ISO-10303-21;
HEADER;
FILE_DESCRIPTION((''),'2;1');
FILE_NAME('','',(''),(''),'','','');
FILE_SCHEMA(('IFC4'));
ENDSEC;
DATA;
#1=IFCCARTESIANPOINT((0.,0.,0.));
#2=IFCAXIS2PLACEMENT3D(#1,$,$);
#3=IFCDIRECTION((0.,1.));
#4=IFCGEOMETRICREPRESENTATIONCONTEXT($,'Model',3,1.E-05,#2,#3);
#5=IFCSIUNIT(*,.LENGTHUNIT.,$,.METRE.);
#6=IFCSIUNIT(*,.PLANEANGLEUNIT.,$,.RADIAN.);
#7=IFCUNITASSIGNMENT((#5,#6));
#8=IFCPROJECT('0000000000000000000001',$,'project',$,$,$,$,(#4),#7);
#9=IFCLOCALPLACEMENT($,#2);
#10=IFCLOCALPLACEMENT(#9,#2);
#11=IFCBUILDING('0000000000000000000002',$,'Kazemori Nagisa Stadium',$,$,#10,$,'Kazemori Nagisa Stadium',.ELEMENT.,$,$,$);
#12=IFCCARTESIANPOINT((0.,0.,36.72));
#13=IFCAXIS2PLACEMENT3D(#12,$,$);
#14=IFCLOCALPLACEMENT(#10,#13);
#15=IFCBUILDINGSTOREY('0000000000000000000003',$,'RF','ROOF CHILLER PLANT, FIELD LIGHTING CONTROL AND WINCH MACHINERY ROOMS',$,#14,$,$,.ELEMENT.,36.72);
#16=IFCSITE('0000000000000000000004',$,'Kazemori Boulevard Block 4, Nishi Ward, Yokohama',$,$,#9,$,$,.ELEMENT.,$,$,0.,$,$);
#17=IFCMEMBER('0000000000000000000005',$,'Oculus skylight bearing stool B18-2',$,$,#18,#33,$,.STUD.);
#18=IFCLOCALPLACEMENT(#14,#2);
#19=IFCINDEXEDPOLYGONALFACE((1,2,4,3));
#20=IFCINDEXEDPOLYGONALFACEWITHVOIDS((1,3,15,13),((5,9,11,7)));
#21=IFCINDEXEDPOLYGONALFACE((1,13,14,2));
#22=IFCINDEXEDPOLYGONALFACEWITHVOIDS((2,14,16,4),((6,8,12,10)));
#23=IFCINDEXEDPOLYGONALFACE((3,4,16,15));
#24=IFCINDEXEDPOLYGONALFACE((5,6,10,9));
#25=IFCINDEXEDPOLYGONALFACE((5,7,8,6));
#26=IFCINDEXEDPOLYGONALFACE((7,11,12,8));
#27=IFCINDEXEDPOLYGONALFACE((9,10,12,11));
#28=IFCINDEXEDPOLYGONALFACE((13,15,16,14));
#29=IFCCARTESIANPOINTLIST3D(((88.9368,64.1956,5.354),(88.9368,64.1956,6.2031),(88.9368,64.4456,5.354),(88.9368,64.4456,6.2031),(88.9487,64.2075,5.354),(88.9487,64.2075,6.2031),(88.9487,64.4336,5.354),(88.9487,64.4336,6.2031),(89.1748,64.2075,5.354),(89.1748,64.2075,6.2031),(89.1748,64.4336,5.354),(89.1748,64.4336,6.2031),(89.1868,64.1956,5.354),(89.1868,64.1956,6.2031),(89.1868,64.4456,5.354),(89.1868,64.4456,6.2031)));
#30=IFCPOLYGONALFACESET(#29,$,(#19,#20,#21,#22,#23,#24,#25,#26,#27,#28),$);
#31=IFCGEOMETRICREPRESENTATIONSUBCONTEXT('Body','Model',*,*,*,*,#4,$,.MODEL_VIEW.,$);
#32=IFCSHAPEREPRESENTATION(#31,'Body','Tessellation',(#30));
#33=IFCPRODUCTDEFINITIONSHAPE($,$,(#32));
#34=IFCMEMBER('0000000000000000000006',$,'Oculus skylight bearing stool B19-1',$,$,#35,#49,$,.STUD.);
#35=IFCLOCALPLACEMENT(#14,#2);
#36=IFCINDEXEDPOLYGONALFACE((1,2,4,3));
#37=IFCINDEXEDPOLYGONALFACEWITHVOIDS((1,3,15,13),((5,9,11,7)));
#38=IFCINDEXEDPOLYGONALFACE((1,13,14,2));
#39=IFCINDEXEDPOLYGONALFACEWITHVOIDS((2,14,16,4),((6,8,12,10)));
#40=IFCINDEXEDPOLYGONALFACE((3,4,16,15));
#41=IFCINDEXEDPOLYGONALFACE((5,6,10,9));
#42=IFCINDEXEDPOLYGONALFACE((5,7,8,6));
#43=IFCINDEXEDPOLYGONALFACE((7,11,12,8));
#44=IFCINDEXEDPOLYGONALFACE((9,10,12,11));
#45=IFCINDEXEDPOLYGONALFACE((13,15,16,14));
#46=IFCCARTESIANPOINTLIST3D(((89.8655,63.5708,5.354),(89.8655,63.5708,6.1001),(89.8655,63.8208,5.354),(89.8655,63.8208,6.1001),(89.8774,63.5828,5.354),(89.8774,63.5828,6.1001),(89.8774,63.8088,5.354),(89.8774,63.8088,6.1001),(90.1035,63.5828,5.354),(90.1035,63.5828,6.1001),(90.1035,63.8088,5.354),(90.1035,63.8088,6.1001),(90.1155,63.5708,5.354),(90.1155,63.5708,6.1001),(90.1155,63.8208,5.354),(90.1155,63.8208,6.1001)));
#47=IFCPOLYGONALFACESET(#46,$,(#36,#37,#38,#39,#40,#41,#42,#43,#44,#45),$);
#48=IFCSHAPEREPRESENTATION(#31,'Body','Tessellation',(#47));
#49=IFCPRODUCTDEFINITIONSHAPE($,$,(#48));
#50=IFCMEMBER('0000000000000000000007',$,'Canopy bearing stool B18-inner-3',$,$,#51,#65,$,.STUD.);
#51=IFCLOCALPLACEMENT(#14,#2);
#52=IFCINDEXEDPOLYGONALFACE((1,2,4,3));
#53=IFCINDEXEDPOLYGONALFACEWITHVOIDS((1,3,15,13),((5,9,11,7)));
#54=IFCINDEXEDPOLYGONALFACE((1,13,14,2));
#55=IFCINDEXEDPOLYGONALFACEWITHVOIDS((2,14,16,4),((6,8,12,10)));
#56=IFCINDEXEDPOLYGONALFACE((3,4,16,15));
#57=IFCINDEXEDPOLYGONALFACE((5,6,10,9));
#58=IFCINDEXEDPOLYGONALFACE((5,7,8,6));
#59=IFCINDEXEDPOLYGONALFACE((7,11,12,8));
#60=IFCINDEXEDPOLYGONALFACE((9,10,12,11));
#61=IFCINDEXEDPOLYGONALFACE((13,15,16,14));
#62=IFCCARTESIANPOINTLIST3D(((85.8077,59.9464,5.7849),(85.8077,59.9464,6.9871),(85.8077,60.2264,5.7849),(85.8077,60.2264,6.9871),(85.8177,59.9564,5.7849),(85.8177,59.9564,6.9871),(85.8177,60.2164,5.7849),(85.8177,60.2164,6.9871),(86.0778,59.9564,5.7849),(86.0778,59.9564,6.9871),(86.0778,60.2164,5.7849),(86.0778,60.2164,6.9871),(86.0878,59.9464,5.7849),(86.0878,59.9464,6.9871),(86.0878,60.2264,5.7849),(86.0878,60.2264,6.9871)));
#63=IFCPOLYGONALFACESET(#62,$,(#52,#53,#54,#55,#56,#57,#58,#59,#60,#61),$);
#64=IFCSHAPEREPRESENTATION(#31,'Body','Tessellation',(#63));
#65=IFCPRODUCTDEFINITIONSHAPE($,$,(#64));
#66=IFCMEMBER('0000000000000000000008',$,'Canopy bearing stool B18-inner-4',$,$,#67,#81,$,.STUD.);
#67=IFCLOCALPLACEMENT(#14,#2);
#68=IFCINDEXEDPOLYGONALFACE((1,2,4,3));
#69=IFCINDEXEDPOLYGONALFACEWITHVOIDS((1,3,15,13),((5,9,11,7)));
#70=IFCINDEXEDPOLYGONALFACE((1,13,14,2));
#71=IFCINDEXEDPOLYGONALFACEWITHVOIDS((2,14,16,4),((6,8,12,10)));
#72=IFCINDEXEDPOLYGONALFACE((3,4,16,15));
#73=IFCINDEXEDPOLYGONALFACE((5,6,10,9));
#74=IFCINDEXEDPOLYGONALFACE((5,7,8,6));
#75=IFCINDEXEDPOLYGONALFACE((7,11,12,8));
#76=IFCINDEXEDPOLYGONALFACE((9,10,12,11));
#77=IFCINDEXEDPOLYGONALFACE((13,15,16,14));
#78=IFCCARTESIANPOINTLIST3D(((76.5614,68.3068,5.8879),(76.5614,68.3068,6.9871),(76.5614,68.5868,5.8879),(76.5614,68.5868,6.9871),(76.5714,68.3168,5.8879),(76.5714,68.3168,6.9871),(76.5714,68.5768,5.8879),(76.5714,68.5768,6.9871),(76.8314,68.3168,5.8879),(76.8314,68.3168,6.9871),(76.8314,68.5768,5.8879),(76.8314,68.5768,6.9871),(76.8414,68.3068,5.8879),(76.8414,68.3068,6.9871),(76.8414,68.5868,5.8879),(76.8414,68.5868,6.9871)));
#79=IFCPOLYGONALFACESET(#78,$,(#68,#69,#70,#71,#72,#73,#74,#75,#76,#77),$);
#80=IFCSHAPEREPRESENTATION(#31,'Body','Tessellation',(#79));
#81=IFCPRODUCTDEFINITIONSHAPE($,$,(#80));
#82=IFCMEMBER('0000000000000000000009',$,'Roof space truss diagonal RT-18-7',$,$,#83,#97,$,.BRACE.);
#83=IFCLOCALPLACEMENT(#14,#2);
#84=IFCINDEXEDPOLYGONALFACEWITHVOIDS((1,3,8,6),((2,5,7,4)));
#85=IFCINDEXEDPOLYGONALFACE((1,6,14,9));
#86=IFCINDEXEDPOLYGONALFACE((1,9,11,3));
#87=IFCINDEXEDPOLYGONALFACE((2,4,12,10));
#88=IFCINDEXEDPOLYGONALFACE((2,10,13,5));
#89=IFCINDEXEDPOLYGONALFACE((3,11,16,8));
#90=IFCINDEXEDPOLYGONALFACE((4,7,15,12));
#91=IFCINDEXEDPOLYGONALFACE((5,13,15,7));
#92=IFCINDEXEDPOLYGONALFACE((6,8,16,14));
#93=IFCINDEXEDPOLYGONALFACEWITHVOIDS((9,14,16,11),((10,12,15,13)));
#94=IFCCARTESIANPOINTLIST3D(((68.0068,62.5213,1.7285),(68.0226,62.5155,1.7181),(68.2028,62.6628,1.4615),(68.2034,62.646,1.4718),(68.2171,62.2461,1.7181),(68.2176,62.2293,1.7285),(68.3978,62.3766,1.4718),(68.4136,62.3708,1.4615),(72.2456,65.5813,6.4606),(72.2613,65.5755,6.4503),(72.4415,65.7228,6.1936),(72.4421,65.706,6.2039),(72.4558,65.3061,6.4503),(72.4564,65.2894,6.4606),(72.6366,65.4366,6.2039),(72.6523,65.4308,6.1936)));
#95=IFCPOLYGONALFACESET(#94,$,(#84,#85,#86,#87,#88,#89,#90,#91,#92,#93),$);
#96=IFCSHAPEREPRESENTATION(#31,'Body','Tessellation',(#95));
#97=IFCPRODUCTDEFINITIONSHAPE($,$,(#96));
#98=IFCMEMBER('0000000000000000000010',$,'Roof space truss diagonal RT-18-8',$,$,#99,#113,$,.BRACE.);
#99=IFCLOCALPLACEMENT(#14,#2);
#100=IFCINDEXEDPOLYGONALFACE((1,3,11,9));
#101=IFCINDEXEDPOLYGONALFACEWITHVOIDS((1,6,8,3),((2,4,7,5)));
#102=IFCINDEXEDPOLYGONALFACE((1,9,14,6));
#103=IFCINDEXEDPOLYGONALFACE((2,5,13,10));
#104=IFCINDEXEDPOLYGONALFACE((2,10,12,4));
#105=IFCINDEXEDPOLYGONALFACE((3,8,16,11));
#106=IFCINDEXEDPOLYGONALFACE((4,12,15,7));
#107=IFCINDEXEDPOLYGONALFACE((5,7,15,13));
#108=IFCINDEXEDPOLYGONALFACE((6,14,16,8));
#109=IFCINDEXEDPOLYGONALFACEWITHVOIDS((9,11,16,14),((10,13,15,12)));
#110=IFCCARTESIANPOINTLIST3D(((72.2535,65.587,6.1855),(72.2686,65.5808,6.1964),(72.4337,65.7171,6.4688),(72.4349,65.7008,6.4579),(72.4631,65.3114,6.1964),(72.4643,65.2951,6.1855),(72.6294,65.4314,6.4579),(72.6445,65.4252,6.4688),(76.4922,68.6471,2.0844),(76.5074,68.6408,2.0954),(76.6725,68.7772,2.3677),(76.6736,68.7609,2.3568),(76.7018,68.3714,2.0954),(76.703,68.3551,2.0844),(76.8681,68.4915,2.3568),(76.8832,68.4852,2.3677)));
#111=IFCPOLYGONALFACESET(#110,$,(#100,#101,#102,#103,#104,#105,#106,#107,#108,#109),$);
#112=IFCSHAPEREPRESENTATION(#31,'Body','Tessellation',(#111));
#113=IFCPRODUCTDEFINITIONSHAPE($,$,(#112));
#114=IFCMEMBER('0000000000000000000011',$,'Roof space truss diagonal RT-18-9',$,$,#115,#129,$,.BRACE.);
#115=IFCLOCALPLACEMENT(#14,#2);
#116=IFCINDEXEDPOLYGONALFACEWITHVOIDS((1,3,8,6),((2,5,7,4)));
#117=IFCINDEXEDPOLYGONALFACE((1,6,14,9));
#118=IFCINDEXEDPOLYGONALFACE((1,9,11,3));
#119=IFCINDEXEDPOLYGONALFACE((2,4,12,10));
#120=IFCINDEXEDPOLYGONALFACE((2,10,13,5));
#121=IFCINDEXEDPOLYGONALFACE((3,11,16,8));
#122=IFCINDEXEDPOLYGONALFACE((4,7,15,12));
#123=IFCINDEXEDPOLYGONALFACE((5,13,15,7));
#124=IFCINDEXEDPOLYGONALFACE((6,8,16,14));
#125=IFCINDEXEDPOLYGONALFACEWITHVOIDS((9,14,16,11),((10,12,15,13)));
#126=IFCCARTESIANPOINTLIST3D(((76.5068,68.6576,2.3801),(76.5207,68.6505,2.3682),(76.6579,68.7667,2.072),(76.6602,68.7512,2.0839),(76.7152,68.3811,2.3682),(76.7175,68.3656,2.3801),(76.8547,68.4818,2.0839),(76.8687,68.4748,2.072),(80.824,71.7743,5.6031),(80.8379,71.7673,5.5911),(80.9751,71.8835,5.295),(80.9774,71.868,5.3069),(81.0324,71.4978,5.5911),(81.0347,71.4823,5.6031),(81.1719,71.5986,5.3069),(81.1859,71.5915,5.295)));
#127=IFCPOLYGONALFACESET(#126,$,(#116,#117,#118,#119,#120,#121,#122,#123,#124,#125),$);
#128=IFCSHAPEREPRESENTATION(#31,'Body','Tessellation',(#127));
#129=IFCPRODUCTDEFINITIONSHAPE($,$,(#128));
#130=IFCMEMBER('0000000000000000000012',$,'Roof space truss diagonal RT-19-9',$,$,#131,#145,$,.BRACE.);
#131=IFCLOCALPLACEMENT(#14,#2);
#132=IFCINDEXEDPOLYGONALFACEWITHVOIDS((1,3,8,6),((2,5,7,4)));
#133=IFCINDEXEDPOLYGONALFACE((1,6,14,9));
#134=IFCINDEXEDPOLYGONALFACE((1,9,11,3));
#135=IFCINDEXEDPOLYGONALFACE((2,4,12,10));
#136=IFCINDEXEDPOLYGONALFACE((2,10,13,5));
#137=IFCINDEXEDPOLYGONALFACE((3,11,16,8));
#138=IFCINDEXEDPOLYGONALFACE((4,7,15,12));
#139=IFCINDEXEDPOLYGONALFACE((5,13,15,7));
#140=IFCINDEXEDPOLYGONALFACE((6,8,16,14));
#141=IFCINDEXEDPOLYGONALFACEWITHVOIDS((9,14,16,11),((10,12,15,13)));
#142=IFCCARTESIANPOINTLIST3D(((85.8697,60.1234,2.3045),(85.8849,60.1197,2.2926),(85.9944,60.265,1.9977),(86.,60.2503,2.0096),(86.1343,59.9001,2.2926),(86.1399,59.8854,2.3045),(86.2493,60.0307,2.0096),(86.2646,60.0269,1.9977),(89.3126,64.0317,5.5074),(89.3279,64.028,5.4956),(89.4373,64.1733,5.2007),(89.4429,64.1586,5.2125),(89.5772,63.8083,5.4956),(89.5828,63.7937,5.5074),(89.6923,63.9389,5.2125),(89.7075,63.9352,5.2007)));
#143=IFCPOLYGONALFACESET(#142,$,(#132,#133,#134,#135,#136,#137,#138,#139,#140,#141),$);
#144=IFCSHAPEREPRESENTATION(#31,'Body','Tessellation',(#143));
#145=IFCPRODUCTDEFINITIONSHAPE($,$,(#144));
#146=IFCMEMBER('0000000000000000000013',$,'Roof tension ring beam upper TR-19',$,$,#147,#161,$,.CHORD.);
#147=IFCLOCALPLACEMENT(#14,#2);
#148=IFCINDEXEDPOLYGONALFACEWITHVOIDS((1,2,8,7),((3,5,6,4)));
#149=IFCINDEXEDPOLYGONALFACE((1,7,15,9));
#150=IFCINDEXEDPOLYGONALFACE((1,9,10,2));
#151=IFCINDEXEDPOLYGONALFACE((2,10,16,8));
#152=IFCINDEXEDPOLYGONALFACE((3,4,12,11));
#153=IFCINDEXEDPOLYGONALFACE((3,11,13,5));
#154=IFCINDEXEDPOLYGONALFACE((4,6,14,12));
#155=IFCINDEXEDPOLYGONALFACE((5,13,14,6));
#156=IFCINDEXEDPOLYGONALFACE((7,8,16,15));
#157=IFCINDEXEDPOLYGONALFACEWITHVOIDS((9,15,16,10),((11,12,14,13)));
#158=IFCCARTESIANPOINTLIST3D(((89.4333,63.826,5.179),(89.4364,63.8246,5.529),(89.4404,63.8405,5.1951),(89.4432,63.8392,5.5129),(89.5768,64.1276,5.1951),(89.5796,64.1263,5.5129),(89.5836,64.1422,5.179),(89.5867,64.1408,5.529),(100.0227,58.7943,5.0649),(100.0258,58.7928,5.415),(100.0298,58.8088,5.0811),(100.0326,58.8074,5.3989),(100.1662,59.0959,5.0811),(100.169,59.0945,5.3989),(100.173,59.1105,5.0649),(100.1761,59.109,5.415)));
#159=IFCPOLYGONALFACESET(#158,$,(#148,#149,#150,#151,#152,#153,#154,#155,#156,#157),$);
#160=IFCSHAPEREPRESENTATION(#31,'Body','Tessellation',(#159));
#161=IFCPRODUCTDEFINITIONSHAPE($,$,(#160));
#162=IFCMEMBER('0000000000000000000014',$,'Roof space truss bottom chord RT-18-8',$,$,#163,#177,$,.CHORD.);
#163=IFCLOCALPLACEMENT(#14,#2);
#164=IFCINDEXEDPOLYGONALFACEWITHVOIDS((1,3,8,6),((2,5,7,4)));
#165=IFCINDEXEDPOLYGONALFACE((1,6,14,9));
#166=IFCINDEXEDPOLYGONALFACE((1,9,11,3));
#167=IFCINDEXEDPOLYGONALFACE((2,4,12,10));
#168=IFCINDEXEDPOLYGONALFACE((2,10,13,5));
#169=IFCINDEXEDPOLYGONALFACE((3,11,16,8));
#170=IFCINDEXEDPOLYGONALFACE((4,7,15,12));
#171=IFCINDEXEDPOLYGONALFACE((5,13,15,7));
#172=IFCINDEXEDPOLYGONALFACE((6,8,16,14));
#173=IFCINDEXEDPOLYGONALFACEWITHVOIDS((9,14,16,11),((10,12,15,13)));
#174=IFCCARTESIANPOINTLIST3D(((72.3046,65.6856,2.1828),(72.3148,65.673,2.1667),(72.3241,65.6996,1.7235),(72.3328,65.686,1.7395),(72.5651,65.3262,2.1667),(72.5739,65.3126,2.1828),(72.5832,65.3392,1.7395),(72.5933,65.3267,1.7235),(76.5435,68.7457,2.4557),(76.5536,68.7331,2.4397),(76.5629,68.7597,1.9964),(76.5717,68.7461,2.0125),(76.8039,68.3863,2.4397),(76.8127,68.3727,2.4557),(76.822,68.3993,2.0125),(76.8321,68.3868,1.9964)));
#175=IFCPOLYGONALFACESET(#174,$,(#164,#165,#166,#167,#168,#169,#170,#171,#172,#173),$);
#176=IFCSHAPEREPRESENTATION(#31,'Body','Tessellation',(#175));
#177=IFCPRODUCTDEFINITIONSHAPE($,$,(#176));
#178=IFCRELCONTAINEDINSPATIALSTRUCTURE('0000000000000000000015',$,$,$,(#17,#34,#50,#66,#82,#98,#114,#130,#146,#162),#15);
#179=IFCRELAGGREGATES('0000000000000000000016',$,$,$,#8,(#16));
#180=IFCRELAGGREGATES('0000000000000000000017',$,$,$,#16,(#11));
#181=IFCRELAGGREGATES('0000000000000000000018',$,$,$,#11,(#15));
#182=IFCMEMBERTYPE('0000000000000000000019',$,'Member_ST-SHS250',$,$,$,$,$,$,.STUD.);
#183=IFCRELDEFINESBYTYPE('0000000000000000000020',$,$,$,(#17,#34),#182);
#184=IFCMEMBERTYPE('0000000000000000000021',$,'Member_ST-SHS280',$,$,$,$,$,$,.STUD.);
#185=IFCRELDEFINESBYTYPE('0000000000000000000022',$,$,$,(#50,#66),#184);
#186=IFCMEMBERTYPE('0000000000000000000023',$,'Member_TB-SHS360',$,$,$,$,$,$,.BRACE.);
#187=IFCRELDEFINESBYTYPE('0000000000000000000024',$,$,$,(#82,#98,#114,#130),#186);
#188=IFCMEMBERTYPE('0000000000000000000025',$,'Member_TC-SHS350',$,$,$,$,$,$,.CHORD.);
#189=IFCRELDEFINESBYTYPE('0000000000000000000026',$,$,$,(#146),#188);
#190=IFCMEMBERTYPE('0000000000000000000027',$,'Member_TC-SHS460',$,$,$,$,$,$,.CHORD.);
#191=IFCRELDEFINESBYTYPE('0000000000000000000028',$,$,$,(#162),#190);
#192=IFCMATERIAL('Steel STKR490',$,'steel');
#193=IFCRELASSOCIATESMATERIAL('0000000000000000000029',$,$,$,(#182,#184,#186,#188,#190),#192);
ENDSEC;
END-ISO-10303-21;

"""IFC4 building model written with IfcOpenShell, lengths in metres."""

from ifc_helpers import new_model, si_unit, direction, frame, origin, origin_2d, place, context, subcontext, project, spatial, hollow_rectangle, extrude, material, material_profile, profile_set, type_object, element, save


model = new_model("IFC4")

# Units and contexts
model_context = context("Model", 3, precision=1e-05, world=origin(), true_north=direction((0.0, 1.0)))
body_context = subcontext(model_context, "Body", "Model", "MODEL_VIEW")
ifc_project = project(units=[si_unit("LENGTHUNIT", "METRE"), si_unit("PLANEANGLEUNIT", "RADIAN")], contexts=[model_context])

# Site, building, storey
site_placement = place(None, origin())
site = spatial("IfcSite", under=ifc_project, at=site_placement, Name="Kazemori Boulevard Block 4, Nishi Ward, Yokohama", CompositionType="ELEMENT", RefElevation=0.0)
building_placement = place(site_placement, origin())
building = spatial("IfcBuilding", under=site, at=building_placement, Name="Kazemori Nagisa Stadium", LongName="Kazemori Nagisa Stadium", CompositionType="ELEMENT")
storey_placement = place(building_placement, frame((0.0, 0.0, 36.72)))
storey = spatial("IfcBuildingStorey", under=building, at=storey_placement, Name="RF", Description="ROOF CHILLER PLANT, FIELD LIGHTING CONTROL AND WINCH MACHINERY ROOMS", CompositionType="ELEMENT", Elevation=36.72)

# Members
ifc_material_1 = material(Name="Steel STKR490", Category="steel")
ifc_material_profile_1 = material_profile(ifc_material_1, hollow_rectangle(XDim=0.25, YDim=0.25, WallThickness=0.012, at=origin_2d()), Name="SHS-250x250x12")
ifc_profile_set_1 = profile_set([ifc_material_profile_1], Name="Steel STKR490")
member_type_1 = type_object("IfcMemberType", Name="Member_ST-SHS250", PredefinedType="STUD", material=ifc_profile_set_1)
member_1_placement = place(storey_placement, frame((89.0618, 64.3206, 5.354), z_axis=(0.0, 0.0, 1.0), x_axis=(1.0, 0.0, 0.0)))
element("IfcMember", 1, at=member_1_placement, inside=storey, type_object=member_type_1, Name="Oculus skylight bearing stool B18-2", PredefinedType="STUD", context=body_context, shape_type="SweptSolid", body=[
    extrude(hollow_rectangle(XDim=0.25, YDim=0.25, WallThickness=0.012, at=origin_2d()), origin(), (0.0, 0.0, 1.0), 0.8491),
])
member_2_placement = place(storey_placement, frame((89.9905, 63.6958, 5.354), z_axis=(0.0, 0.0, 1.0), x_axis=(1.0, 0.0, 0.0)))
element("IfcMember", 2, at=member_2_placement, inside=storey, type_object=member_type_1, Name="Oculus skylight bearing stool B19-1", PredefinedType="STUD", context=body_context, shape_type="SweptSolid", body=[
    extrude(hollow_rectangle(XDim=0.25, YDim=0.25, WallThickness=0.012, at=origin_2d()), origin(), (0.0, 0.0, 1.0), 0.7461),
])
ifc_material_profile_2 = material_profile(ifc_material_1, hollow_rectangle(XDim=0.28, YDim=0.28, WallThickness=0.01, at=origin_2d()), Name="SHS-280x280x10")
ifc_profile_set_2 = profile_set([ifc_material_profile_2], Name="Steel STKR490")
member_type_2 = type_object("IfcMemberType", Name="Member_ST-SHS280", PredefinedType="STUD", material=ifc_profile_set_2)
member_3_placement = place(storey_placement, frame((85.9478, 60.0864, 5.7849), z_axis=(0.0, 0.0, 1.0), x_axis=(1.0, 0.0, 0.0)))
element("IfcMember", 3, at=member_3_placement, inside=storey, type_object=member_type_2, Name="Canopy bearing stool B18-inner-3", PredefinedType="STUD", context=body_context, shape_type="SweptSolid", body=[
    extrude(hollow_rectangle(XDim=0.28, YDim=0.28, WallThickness=0.01, at=origin_2d()), origin(), (0.0, 0.0, 1.0), 1.2021),
])
member_4_placement = place(storey_placement, frame((76.7014, 68.4468, 5.8879), z_axis=(0.0, 0.0, 1.0), x_axis=(1.0, 0.0, 0.0)))
element("IfcMember", 4, at=member_4_placement, inside=storey, type_object=member_type_2, Name="Canopy bearing stool B18-inner-4", PredefinedType="STUD", context=body_context, shape_type="SweptSolid", body=[
    extrude(hollow_rectangle(XDim=0.28, YDim=0.28, WallThickness=0.01, at=origin_2d()), origin(), (0.0, 0.0, 1.0), 1.0991),
])
ifc_material_profile_3 = material_profile(ifc_material_1, hollow_rectangle(XDim=0.3601, YDim=0.3601, WallThickness=0.0139, at=origin_2d()), Name="SHS-360x360x14")
ifc_profile_set_3 = profile_set([ifc_material_profile_3], Name="Steel STKR490")
member_type_3 = type_object("IfcMemberType", Name="Member_TB-SHS360", PredefinedType="BRACE", material=ifc_profile_set_3)
member_5_placement = place(storey_placement, frame((68.2102, 62.446, 1.595), z_axis=(0.60111, 0.433954, 0.671081), x_axis=(-0.58533, 0.810795, 0.0)))
element("IfcMember", 5, at=member_5_placement, inside=storey, type_object=member_type_3, Name="Roof space truss diagonal RT-18-7", PredefinedType="BRACE", context=body_context, shape_type="SweptSolid", body=[
    extrude(hollow_rectangle(XDim=0.3601, YDim=0.3601, WallThickness=0.0139, at=origin_2d()), origin(), (0.0, 0.0, 1.0), 7.0515),
])
member_6_placement = place(storey_placement, frame((72.449, 65.5061, 6.3271), z_axis=(0.637933, 0.460537, -0.617209), x_axis=(-0.58533, 0.810795, 0.0)))
element("IfcMember", 6, at=member_6_placement, inside=storey, type_object=member_type_3, Name="Roof space truss diagonal RT-18-8", PredefinedType="BRACE", context=body_context, shape_type="SweptSolid", body=[
    extrude(hollow_rectangle(XDim=0.3601, YDim=0.3601, WallThickness=0.0139, at=origin_2d()), origin(), (0.0, 0.0, 1.0), 6.6445),
])
member_7_placement = place(storey_placement, frame((76.6877, 68.5662, 2.2261), z_axis=(0.693624, 0.500752, 0.517815), x_axis=(-0.585338, 0.810789, 0.0)))
element("IfcMember", 7, at=member_7_placement, inside=storey, type_object=member_type_3, Name="Roof space truss diagonal RT-18-9", PredefinedType="BRACE", context=body_context, shape_type="SweptSolid", body=[
    extrude(hollow_rectangle(XDim=0.3601, YDim=0.3601, WallThickness=0.0139, at=origin_2d()), origin(), (0.0, 0.0, 1.0), 6.2241),
])
member_8_placement = place(storey_placement, frame((86.0671, 60.0752, 2.1511), z_axis=(0.563076, 0.63918, 0.523826), x_axis=(-0.750366, 0.661023, 0.0)))
element("IfcMember", 8, at=member_8_placement, inside=storey, type_object=member_type_3, Name="Roof space truss diagonal RT-19-9", PredefinedType="BRACE", context=body_context, shape_type="SweptSolid", body=[
    extrude(hollow_rectangle(XDim=0.3601, YDim=0.3601, WallThickness=0.0139, at=origin_2d()), origin(), (0.0, 0.0, 1.0), 6.1145),
])
ifc_material_profile_4 = material_profile(ifc_material_1, hollow_rectangle(XDim=0.3501, YDim=0.3501, WallThickness=0.0161, at=origin_2d()), Name="SHS-350x350x16")
ifc_profile_set_4 = profile_set([ifc_material_profile_4], Name="Steel STKR490")
member_type_4 = type_object("IfcMemberType", Name="Member_TC-SHS350", PredefinedType="CHORD", material=ifc_profile_set_4)
member_9_placement = place(storey_placement, frame((89.51, 63.9834, 5.354), z_axis=(0.903175, -0.429161, -0.009724), x_axis=(0.429182, 0.903218, 0.0)))
element("IfcMember", 9, at=member_9_placement, inside=storey, type_object=member_type_4, Name="Roof tension ring beam upper TR-19", PredefinedType="CHORD", context=body_context, shape_type="SweptSolid", body=[
    extrude(hollow_rectangle(XDim=0.3501, YDim=0.3501, WallThickness=0.0161, at=origin_2d()), origin(), (0.0, 0.0, 1.0), 11.7246),
])
ifc_material_profile_5 = material_profile(ifc_material_1, hollow_rectangle(XDim=0.46, YDim=0.46, WallThickness=0.0161, at=origin_2d()), Name="SHS-460x460x16")
ifc_profile_set_5 = profile_set([ifc_material_profile_5], Name="Steel STKR490")
member_type_5 = type_object("IfcMemberType", Name="Member_TC-SHS460", PredefinedType="CHORD", material=ifc_profile_set_5)
member_10_placement = place(storey_placement, frame((72.449, 65.5061, 1.9531), z_axis=(0.809692, 0.584534, 0.052139), x_axis=(-0.58533, 0.810795, 0.0)))
element("IfcMember", 10, at=member_10_placement, inside=storey, type_object=member_type_5, Name="Roof space truss bottom chord RT-18-8", PredefinedType="CHORD", context=body_context, shape_type="SweptSolid", body=[
    extrude(hollow_rectangle(XDim=0.46, YDim=0.46, WallThickness=0.0161, at=origin_2d()), origin(), (0.0, 0.0, 1.0), 5.2351),
])

save(model, "model.ifc")
